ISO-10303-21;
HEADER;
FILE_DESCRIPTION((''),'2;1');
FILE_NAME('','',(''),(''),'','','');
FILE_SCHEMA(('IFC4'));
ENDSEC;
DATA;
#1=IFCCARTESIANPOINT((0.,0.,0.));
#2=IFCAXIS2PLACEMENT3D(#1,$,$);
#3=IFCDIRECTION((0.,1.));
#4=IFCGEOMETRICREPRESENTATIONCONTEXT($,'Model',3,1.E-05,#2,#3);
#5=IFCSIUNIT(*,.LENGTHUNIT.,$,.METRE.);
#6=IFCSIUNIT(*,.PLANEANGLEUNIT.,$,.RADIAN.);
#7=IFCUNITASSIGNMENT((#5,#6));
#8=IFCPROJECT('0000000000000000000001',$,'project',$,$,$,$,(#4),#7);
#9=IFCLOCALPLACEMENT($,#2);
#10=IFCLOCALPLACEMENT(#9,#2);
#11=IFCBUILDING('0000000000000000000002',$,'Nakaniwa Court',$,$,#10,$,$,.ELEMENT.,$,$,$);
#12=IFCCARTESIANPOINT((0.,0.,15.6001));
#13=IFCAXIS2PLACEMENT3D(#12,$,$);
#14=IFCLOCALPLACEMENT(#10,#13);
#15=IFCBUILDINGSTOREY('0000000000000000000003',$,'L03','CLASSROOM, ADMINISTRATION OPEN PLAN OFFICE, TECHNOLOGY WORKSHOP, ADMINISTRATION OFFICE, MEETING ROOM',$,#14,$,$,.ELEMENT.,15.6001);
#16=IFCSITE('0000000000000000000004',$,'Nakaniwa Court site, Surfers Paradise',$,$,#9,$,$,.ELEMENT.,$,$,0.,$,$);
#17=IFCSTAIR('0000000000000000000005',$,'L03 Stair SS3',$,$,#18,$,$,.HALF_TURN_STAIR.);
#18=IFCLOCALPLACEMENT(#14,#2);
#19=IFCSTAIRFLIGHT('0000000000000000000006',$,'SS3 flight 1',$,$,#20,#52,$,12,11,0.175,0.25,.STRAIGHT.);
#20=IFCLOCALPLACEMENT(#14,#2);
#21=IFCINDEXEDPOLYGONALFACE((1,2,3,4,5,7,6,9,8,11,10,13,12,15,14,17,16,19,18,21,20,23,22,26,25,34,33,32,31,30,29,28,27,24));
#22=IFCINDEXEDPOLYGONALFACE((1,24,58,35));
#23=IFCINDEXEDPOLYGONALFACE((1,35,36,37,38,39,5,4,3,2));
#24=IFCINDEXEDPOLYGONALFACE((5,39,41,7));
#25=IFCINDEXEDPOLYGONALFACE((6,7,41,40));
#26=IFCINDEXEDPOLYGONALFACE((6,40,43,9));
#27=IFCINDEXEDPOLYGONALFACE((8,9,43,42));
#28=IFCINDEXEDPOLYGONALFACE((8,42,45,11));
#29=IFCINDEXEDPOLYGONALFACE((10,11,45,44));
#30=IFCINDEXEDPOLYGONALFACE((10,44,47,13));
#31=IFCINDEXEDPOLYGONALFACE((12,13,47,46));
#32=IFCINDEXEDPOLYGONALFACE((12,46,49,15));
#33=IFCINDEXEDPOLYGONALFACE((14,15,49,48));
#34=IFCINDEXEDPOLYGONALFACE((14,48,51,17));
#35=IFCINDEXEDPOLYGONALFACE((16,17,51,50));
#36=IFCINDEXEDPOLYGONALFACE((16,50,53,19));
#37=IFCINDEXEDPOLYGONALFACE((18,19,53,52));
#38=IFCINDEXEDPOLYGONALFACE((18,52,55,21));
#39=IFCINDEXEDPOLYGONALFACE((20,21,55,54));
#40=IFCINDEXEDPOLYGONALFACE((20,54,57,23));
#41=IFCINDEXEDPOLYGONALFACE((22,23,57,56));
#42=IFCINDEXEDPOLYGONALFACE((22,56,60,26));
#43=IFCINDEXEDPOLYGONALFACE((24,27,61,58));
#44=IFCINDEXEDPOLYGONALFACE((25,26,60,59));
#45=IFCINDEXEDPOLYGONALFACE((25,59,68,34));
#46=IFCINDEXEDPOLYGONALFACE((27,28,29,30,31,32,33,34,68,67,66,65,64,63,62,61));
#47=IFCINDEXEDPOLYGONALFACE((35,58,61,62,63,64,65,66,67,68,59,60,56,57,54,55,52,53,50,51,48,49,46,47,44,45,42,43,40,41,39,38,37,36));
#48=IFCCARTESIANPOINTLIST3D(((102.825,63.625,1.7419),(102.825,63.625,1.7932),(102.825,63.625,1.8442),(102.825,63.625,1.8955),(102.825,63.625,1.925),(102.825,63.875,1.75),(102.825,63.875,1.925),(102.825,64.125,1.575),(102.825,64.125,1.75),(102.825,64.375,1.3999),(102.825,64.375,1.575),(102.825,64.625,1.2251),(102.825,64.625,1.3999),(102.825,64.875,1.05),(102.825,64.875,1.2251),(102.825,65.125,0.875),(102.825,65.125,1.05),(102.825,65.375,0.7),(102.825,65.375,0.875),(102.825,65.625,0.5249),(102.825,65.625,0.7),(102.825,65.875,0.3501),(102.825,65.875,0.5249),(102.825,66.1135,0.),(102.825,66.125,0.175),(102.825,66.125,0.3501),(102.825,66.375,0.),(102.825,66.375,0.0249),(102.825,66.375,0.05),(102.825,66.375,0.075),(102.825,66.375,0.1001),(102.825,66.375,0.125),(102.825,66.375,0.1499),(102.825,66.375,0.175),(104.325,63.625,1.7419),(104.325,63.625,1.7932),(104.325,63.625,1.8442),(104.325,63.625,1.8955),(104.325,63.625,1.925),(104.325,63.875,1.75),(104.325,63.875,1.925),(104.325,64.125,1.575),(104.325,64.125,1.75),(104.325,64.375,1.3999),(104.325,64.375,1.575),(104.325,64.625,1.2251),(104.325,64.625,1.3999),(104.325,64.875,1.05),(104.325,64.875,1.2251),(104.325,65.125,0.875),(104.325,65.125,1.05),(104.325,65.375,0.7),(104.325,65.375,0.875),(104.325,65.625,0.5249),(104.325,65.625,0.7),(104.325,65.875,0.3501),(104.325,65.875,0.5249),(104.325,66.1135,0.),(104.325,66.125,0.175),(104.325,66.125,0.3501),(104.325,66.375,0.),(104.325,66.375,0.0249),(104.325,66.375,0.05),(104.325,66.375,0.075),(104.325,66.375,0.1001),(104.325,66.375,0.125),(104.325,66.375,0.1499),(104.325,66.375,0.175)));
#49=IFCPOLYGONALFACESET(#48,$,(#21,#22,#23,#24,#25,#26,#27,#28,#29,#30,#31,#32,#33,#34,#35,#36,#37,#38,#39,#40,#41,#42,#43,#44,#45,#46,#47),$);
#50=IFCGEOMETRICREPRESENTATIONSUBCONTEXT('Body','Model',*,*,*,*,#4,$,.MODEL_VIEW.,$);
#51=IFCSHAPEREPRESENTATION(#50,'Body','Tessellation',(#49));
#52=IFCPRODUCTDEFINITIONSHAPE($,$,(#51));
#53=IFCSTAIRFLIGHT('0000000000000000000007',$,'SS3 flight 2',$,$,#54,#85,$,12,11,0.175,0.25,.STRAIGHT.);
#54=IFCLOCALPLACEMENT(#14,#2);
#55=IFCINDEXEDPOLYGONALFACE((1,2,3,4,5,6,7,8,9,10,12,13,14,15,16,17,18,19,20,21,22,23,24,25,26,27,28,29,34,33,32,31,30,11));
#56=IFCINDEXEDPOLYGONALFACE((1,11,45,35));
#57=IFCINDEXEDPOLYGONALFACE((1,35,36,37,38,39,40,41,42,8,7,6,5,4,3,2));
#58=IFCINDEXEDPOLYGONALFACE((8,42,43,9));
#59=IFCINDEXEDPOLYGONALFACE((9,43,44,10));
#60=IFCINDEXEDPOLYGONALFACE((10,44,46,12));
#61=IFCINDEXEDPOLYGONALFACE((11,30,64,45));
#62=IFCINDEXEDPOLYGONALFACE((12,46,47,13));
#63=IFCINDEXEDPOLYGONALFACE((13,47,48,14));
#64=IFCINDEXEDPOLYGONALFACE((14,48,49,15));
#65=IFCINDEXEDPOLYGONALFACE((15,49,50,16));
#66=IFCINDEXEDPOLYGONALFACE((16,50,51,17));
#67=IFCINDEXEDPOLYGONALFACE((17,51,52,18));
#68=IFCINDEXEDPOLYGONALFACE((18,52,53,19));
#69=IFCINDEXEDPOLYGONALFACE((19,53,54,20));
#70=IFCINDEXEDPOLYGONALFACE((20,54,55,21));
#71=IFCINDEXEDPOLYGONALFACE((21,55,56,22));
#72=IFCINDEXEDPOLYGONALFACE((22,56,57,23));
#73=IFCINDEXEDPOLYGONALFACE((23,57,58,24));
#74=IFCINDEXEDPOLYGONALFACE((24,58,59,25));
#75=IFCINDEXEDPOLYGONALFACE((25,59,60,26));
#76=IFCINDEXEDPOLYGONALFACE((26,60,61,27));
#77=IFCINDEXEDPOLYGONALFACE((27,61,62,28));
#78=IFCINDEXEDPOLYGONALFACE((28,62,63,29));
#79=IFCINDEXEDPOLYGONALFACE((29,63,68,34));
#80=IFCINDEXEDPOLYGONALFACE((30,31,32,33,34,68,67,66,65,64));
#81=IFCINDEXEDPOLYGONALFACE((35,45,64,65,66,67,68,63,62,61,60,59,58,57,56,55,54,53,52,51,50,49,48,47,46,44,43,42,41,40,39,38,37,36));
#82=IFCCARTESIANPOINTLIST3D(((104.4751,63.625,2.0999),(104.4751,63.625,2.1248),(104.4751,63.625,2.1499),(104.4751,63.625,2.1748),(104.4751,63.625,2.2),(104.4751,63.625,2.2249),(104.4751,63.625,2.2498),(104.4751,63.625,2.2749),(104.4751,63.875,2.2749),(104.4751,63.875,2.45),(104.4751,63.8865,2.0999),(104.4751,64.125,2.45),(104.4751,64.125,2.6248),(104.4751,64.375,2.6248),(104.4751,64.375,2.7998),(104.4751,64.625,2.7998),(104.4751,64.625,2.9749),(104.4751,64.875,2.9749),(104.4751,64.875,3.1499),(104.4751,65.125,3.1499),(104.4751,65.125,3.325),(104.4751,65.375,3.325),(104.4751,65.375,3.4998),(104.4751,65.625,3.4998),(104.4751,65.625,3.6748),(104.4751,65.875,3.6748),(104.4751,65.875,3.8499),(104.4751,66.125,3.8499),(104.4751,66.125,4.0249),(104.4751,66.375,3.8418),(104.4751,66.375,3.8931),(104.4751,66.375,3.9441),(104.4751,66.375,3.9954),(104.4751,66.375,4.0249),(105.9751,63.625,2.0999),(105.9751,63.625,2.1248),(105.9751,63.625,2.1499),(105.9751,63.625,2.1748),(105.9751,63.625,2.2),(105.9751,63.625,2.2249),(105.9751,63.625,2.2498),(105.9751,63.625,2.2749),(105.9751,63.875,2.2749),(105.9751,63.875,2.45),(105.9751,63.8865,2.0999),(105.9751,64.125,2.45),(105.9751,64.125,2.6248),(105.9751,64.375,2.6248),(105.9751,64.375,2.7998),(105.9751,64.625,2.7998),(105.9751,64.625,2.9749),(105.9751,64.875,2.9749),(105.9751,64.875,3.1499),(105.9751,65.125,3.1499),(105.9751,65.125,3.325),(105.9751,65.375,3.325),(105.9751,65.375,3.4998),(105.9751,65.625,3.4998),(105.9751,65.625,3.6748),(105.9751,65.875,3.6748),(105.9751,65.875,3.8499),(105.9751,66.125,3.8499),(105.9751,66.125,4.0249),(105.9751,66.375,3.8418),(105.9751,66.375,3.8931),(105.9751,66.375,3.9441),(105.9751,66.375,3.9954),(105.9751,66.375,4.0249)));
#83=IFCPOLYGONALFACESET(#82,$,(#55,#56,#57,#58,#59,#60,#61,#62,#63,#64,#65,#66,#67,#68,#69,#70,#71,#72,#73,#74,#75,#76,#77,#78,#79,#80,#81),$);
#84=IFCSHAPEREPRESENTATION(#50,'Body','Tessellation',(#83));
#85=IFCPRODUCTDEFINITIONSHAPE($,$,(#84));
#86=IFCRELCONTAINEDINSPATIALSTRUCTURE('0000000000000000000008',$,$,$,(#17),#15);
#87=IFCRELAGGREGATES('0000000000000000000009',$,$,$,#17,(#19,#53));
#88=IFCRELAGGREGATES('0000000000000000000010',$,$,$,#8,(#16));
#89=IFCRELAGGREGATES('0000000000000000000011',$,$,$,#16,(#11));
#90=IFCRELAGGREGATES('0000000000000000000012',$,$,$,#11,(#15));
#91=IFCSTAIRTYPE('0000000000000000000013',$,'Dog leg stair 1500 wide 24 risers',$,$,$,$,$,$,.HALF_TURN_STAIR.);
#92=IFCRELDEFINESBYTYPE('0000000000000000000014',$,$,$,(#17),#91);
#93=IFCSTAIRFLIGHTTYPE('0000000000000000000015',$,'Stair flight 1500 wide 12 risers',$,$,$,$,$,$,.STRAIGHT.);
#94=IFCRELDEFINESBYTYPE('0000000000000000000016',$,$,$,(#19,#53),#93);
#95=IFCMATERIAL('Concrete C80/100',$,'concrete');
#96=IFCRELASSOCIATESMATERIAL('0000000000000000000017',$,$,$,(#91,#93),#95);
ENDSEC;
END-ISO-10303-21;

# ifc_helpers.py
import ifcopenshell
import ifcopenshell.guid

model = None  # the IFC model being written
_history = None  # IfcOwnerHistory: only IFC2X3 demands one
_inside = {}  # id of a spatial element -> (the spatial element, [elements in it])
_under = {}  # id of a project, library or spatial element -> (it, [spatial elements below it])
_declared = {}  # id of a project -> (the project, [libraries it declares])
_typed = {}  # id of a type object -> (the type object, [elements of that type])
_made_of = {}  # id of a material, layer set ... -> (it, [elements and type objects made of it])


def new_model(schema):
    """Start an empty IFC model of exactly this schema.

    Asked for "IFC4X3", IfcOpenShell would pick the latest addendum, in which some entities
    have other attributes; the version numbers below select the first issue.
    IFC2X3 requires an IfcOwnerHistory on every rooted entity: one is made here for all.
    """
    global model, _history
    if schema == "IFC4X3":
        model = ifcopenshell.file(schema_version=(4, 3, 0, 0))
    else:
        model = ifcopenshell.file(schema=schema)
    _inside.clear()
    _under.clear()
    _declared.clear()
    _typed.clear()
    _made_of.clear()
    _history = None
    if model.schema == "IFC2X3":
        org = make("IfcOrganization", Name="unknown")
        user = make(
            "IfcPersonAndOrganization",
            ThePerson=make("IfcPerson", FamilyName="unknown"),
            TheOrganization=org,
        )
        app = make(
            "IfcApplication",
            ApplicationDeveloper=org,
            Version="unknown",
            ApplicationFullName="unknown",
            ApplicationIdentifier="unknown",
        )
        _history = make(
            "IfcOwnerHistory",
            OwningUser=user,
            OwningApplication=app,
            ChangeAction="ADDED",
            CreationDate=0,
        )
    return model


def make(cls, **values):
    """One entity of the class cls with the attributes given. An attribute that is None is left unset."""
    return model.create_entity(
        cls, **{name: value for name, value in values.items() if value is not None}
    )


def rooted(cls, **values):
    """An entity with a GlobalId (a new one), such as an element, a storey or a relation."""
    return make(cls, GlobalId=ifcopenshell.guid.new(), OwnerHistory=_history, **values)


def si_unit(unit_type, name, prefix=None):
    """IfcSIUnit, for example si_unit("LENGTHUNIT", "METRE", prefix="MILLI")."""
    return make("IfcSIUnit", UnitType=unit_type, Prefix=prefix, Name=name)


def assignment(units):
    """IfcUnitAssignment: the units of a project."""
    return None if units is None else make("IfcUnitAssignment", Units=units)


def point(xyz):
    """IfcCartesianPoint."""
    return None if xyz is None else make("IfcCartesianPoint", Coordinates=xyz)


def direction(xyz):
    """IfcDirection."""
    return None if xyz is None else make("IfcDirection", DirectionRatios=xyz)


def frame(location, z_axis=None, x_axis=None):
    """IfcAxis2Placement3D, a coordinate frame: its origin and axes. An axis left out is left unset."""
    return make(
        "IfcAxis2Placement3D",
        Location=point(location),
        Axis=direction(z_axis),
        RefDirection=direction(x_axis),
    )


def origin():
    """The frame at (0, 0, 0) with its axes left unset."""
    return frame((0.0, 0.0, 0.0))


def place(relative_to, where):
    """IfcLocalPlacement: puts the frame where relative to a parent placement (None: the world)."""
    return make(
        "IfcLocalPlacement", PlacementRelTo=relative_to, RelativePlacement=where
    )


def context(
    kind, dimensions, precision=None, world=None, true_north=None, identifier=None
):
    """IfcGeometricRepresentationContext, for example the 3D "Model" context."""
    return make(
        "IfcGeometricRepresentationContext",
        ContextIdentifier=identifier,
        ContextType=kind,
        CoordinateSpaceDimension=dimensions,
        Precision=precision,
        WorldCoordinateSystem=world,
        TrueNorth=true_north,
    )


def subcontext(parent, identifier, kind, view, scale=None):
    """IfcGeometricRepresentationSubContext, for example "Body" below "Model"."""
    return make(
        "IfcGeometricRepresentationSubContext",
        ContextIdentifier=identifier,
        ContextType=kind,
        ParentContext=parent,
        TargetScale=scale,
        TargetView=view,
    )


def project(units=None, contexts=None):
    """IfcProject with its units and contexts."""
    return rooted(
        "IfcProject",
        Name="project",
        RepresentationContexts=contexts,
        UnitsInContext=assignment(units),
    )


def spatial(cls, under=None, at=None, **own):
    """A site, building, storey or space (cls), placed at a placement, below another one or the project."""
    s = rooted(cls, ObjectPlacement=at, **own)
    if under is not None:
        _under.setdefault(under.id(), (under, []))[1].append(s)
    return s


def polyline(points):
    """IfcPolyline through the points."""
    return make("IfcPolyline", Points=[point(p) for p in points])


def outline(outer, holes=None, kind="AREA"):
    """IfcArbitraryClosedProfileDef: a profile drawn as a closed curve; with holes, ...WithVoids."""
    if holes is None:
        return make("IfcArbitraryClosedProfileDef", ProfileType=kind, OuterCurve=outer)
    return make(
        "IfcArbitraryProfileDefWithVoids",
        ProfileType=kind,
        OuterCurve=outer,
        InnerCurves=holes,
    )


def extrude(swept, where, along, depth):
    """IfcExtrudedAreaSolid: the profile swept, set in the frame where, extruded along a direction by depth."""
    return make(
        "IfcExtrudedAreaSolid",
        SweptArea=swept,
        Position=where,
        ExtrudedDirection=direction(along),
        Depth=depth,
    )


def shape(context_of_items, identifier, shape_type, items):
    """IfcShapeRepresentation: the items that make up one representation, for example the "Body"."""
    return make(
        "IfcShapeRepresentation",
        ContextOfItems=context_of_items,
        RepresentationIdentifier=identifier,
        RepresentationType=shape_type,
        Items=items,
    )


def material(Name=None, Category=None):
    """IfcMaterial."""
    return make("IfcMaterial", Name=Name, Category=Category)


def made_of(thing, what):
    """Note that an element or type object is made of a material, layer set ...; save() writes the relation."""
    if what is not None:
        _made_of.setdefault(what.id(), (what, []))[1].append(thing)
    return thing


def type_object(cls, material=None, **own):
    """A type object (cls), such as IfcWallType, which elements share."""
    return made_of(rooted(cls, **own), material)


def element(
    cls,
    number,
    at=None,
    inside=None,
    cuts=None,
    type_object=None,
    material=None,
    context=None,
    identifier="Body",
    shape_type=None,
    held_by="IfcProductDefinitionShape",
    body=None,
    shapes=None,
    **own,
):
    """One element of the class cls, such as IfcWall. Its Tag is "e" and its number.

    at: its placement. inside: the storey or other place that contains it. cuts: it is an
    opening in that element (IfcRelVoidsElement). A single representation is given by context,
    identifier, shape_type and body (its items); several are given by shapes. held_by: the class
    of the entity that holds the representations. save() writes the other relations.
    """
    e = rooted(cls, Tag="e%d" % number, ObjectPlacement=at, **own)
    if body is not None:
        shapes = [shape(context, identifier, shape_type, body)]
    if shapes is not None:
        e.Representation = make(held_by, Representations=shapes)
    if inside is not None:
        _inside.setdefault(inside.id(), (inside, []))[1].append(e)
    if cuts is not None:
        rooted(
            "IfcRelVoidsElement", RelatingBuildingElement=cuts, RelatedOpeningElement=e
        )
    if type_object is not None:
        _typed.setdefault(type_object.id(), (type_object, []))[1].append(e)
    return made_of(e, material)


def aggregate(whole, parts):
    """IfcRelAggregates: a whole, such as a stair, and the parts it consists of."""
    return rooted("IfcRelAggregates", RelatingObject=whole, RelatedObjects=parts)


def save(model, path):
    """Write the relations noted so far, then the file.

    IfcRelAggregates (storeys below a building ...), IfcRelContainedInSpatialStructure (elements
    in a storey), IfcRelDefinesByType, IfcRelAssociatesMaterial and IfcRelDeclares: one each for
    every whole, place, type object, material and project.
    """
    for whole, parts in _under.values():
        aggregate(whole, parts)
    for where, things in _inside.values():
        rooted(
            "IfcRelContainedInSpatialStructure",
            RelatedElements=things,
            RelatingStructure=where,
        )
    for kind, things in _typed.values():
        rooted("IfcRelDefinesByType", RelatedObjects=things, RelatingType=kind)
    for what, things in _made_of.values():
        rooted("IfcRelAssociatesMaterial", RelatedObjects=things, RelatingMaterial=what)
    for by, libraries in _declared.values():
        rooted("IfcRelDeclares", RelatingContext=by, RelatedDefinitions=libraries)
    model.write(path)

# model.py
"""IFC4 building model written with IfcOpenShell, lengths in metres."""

from ifc_helpers import new_model, si_unit, direction, frame, origin, place, context, subcontext, project, spatial, polyline, outline, extrude, material, type_object, element, aggregate, save


model = new_model("IFC4")

# Units and contexts
model_context = context("Model", 3, precision=1e-05, world=origin(), true_north=direction((0.0, 1.0)))
body_context = subcontext(model_context, "Body", "Model", "MODEL_VIEW")
ifc_project = project(units=[si_unit("LENGTHUNIT", "METRE"), si_unit("PLANEANGLEUNIT", "RADIAN")], contexts=[model_context])

# Site, building, storey
site_placement = place(None, origin())
site = spatial("IfcSite", under=ifc_project, at=site_placement, Name="Nakaniwa Court site, Surfers Paradise", CompositionType="ELEMENT", RefElevation=0.0)
building_placement = place(site_placement, origin())
building = spatial("IfcBuilding", under=site, at=building_placement, Name="Nakaniwa Court", CompositionType="ELEMENT")
storey_placement = place(building_placement, frame((0.0, 0.0, 15.6001)))
storey = spatial("IfcBuildingStorey", under=building, at=storey_placement, Name="L03", Description="CLASSROOM, ADMINISTRATION OPEN PLAN OFFICE, TECHNOLOGY WORKSHOP, ADMINISTRATION OFFICE, MEETING ROOM", CompositionType="ELEMENT", Elevation=15.6001)

# Stair, stair flights
ifc_material_1 = material(Name="Concrete C80/100", Category="concrete")
stair_type = type_object("IfcStairType", Name="Dog leg stair 1500 wide 24 risers", PredefinedType="HALF_TURN_STAIR", material=ifc_material_1)
stair_placement = place(storey_placement, origin())
stair = element("IfcStair", 1, at=stair_placement, inside=storey, type_object=stair_type, Name="L03 Stair SS3", PredefinedType="HALF_TURN_STAIR")
stair_flight_type = type_object("IfcStairFlightType", Name="Stair flight 1500 wide 12 risers", PredefinedType="STRAIGHT", material=ifc_material_1)
stair_flight_1_placement = place(storey_placement, frame((103.575, 66.375, 0.0), z_axis=(0.0, 0.0, 1.0), x_axis=(0.0, -1.0, 0.0)))
stair_flight_1 = element("IfcStairFlight", 2, at=stair_flight_1_placement, type_object=stair_flight_type, Name="SS3 flight 1", NumberOfRisers=12, NumberOfTreads=11, PredefinedType="STRAIGHT", RiserHeight=0.175, TreadLength=0.25, context=body_context, shape_type="SweptSolid", body=[
    extrude(outline(polyline([(0.0, 0.0), (0.0, 0.0249), (0.0, 0.05), (0.0, 0.075), (0.0, 0.1001), (0.0, 0.125), (0.0, 0.1499), (0.0, 0.175), (0.25, 0.175), (0.25, 0.3501), (0.5, 0.3501), (0.5, 0.5249), (0.75, 0.5249), (0.75, 0.7), (1.0, 0.7), (1.0, 0.875), (1.25, 0.875), (1.25, 1.05), (1.5, 1.05), (1.5, 1.2251), (1.75, 1.2251), (1.75, 1.3999), (2.0, 1.3999), (2.0, 1.575), (2.25, 1.575), (2.25, 1.75), (2.5, 1.75), (2.5, 1.925), (2.75, 1.925), (2.75, 2.1001), (2.75, 2.0488), (2.75, 1.9978), (2.75, 1.9465), (2.75, 1.8955), (2.75, 1.8442), (2.75, 1.7932), (2.75, 1.7419), (0.2615, 0.0), (0.0, 0.0)])), frame((0.0, 0.75, 0.0), z_axis=(0.0, -1.0, 0.0), x_axis=(1.0, 0.0, 0.0)), (0.0, 0.0, 1.0), 1.5),
])
stair_flight_2_placement = place(storey_placement, frame((105.2251, 63.625, 2.0999), z_axis=(0.0, 0.0, 1.0), x_axis=(0.0, 1.0, 0.0)))
stair_flight_2 = element("IfcStairFlight", 3, at=stair_flight_2_placement, type_object=stair_flight_type, Name="SS3 flight 2", NumberOfRisers=12, NumberOfTreads=11, PredefinedType="STRAIGHT", RiserHeight=0.175, TreadLength=0.25, context=body_context, shape_type="SweptSolid", body=[
    extrude(outline(polyline([(0.0, 0.0), (0.0, 0.0249), (0.0, 0.05), (0.0, 0.075), (0.0, 0.1001), (0.0, 0.125), (0.0, 0.1499), (0.0, 0.175), (0.25, 0.175), (0.25, 0.3501), (0.5, 0.3501), (0.5, 0.5249), (0.75, 0.5249), (0.75, 0.7), (1.0, 0.7), (1.0, 0.875), (1.25, 0.875), (1.25, 1.05), (1.5, 1.05), (1.5, 1.2251), (1.75, 1.2251), (1.75, 1.3999), (2.0, 1.3999), (2.0, 1.575), (2.25, 1.575), (2.25, 1.75), (2.5, 1.75), (2.5, 1.925), (2.75, 1.925), (2.75, 2.1001), (2.75, 2.0488), (2.75, 1.9978), (2.75, 1.9465), (2.75, 1.8955), (2.75, 1.8442), (2.75, 1.7932), (2.75, 1.7419), (0.2615, 0.0), (0.0, 0.0)])), frame((0.0, 0.75, 0.0), z_axis=(0.0, -1.0, 0.0), x_axis=(1.0, 0.0, 0.0)), (0.0, 0.0, 1.0), 1.5),
])
aggregate(stair, [stair_flight_1, stair_flight_2])

save(model, "model.ifc")
